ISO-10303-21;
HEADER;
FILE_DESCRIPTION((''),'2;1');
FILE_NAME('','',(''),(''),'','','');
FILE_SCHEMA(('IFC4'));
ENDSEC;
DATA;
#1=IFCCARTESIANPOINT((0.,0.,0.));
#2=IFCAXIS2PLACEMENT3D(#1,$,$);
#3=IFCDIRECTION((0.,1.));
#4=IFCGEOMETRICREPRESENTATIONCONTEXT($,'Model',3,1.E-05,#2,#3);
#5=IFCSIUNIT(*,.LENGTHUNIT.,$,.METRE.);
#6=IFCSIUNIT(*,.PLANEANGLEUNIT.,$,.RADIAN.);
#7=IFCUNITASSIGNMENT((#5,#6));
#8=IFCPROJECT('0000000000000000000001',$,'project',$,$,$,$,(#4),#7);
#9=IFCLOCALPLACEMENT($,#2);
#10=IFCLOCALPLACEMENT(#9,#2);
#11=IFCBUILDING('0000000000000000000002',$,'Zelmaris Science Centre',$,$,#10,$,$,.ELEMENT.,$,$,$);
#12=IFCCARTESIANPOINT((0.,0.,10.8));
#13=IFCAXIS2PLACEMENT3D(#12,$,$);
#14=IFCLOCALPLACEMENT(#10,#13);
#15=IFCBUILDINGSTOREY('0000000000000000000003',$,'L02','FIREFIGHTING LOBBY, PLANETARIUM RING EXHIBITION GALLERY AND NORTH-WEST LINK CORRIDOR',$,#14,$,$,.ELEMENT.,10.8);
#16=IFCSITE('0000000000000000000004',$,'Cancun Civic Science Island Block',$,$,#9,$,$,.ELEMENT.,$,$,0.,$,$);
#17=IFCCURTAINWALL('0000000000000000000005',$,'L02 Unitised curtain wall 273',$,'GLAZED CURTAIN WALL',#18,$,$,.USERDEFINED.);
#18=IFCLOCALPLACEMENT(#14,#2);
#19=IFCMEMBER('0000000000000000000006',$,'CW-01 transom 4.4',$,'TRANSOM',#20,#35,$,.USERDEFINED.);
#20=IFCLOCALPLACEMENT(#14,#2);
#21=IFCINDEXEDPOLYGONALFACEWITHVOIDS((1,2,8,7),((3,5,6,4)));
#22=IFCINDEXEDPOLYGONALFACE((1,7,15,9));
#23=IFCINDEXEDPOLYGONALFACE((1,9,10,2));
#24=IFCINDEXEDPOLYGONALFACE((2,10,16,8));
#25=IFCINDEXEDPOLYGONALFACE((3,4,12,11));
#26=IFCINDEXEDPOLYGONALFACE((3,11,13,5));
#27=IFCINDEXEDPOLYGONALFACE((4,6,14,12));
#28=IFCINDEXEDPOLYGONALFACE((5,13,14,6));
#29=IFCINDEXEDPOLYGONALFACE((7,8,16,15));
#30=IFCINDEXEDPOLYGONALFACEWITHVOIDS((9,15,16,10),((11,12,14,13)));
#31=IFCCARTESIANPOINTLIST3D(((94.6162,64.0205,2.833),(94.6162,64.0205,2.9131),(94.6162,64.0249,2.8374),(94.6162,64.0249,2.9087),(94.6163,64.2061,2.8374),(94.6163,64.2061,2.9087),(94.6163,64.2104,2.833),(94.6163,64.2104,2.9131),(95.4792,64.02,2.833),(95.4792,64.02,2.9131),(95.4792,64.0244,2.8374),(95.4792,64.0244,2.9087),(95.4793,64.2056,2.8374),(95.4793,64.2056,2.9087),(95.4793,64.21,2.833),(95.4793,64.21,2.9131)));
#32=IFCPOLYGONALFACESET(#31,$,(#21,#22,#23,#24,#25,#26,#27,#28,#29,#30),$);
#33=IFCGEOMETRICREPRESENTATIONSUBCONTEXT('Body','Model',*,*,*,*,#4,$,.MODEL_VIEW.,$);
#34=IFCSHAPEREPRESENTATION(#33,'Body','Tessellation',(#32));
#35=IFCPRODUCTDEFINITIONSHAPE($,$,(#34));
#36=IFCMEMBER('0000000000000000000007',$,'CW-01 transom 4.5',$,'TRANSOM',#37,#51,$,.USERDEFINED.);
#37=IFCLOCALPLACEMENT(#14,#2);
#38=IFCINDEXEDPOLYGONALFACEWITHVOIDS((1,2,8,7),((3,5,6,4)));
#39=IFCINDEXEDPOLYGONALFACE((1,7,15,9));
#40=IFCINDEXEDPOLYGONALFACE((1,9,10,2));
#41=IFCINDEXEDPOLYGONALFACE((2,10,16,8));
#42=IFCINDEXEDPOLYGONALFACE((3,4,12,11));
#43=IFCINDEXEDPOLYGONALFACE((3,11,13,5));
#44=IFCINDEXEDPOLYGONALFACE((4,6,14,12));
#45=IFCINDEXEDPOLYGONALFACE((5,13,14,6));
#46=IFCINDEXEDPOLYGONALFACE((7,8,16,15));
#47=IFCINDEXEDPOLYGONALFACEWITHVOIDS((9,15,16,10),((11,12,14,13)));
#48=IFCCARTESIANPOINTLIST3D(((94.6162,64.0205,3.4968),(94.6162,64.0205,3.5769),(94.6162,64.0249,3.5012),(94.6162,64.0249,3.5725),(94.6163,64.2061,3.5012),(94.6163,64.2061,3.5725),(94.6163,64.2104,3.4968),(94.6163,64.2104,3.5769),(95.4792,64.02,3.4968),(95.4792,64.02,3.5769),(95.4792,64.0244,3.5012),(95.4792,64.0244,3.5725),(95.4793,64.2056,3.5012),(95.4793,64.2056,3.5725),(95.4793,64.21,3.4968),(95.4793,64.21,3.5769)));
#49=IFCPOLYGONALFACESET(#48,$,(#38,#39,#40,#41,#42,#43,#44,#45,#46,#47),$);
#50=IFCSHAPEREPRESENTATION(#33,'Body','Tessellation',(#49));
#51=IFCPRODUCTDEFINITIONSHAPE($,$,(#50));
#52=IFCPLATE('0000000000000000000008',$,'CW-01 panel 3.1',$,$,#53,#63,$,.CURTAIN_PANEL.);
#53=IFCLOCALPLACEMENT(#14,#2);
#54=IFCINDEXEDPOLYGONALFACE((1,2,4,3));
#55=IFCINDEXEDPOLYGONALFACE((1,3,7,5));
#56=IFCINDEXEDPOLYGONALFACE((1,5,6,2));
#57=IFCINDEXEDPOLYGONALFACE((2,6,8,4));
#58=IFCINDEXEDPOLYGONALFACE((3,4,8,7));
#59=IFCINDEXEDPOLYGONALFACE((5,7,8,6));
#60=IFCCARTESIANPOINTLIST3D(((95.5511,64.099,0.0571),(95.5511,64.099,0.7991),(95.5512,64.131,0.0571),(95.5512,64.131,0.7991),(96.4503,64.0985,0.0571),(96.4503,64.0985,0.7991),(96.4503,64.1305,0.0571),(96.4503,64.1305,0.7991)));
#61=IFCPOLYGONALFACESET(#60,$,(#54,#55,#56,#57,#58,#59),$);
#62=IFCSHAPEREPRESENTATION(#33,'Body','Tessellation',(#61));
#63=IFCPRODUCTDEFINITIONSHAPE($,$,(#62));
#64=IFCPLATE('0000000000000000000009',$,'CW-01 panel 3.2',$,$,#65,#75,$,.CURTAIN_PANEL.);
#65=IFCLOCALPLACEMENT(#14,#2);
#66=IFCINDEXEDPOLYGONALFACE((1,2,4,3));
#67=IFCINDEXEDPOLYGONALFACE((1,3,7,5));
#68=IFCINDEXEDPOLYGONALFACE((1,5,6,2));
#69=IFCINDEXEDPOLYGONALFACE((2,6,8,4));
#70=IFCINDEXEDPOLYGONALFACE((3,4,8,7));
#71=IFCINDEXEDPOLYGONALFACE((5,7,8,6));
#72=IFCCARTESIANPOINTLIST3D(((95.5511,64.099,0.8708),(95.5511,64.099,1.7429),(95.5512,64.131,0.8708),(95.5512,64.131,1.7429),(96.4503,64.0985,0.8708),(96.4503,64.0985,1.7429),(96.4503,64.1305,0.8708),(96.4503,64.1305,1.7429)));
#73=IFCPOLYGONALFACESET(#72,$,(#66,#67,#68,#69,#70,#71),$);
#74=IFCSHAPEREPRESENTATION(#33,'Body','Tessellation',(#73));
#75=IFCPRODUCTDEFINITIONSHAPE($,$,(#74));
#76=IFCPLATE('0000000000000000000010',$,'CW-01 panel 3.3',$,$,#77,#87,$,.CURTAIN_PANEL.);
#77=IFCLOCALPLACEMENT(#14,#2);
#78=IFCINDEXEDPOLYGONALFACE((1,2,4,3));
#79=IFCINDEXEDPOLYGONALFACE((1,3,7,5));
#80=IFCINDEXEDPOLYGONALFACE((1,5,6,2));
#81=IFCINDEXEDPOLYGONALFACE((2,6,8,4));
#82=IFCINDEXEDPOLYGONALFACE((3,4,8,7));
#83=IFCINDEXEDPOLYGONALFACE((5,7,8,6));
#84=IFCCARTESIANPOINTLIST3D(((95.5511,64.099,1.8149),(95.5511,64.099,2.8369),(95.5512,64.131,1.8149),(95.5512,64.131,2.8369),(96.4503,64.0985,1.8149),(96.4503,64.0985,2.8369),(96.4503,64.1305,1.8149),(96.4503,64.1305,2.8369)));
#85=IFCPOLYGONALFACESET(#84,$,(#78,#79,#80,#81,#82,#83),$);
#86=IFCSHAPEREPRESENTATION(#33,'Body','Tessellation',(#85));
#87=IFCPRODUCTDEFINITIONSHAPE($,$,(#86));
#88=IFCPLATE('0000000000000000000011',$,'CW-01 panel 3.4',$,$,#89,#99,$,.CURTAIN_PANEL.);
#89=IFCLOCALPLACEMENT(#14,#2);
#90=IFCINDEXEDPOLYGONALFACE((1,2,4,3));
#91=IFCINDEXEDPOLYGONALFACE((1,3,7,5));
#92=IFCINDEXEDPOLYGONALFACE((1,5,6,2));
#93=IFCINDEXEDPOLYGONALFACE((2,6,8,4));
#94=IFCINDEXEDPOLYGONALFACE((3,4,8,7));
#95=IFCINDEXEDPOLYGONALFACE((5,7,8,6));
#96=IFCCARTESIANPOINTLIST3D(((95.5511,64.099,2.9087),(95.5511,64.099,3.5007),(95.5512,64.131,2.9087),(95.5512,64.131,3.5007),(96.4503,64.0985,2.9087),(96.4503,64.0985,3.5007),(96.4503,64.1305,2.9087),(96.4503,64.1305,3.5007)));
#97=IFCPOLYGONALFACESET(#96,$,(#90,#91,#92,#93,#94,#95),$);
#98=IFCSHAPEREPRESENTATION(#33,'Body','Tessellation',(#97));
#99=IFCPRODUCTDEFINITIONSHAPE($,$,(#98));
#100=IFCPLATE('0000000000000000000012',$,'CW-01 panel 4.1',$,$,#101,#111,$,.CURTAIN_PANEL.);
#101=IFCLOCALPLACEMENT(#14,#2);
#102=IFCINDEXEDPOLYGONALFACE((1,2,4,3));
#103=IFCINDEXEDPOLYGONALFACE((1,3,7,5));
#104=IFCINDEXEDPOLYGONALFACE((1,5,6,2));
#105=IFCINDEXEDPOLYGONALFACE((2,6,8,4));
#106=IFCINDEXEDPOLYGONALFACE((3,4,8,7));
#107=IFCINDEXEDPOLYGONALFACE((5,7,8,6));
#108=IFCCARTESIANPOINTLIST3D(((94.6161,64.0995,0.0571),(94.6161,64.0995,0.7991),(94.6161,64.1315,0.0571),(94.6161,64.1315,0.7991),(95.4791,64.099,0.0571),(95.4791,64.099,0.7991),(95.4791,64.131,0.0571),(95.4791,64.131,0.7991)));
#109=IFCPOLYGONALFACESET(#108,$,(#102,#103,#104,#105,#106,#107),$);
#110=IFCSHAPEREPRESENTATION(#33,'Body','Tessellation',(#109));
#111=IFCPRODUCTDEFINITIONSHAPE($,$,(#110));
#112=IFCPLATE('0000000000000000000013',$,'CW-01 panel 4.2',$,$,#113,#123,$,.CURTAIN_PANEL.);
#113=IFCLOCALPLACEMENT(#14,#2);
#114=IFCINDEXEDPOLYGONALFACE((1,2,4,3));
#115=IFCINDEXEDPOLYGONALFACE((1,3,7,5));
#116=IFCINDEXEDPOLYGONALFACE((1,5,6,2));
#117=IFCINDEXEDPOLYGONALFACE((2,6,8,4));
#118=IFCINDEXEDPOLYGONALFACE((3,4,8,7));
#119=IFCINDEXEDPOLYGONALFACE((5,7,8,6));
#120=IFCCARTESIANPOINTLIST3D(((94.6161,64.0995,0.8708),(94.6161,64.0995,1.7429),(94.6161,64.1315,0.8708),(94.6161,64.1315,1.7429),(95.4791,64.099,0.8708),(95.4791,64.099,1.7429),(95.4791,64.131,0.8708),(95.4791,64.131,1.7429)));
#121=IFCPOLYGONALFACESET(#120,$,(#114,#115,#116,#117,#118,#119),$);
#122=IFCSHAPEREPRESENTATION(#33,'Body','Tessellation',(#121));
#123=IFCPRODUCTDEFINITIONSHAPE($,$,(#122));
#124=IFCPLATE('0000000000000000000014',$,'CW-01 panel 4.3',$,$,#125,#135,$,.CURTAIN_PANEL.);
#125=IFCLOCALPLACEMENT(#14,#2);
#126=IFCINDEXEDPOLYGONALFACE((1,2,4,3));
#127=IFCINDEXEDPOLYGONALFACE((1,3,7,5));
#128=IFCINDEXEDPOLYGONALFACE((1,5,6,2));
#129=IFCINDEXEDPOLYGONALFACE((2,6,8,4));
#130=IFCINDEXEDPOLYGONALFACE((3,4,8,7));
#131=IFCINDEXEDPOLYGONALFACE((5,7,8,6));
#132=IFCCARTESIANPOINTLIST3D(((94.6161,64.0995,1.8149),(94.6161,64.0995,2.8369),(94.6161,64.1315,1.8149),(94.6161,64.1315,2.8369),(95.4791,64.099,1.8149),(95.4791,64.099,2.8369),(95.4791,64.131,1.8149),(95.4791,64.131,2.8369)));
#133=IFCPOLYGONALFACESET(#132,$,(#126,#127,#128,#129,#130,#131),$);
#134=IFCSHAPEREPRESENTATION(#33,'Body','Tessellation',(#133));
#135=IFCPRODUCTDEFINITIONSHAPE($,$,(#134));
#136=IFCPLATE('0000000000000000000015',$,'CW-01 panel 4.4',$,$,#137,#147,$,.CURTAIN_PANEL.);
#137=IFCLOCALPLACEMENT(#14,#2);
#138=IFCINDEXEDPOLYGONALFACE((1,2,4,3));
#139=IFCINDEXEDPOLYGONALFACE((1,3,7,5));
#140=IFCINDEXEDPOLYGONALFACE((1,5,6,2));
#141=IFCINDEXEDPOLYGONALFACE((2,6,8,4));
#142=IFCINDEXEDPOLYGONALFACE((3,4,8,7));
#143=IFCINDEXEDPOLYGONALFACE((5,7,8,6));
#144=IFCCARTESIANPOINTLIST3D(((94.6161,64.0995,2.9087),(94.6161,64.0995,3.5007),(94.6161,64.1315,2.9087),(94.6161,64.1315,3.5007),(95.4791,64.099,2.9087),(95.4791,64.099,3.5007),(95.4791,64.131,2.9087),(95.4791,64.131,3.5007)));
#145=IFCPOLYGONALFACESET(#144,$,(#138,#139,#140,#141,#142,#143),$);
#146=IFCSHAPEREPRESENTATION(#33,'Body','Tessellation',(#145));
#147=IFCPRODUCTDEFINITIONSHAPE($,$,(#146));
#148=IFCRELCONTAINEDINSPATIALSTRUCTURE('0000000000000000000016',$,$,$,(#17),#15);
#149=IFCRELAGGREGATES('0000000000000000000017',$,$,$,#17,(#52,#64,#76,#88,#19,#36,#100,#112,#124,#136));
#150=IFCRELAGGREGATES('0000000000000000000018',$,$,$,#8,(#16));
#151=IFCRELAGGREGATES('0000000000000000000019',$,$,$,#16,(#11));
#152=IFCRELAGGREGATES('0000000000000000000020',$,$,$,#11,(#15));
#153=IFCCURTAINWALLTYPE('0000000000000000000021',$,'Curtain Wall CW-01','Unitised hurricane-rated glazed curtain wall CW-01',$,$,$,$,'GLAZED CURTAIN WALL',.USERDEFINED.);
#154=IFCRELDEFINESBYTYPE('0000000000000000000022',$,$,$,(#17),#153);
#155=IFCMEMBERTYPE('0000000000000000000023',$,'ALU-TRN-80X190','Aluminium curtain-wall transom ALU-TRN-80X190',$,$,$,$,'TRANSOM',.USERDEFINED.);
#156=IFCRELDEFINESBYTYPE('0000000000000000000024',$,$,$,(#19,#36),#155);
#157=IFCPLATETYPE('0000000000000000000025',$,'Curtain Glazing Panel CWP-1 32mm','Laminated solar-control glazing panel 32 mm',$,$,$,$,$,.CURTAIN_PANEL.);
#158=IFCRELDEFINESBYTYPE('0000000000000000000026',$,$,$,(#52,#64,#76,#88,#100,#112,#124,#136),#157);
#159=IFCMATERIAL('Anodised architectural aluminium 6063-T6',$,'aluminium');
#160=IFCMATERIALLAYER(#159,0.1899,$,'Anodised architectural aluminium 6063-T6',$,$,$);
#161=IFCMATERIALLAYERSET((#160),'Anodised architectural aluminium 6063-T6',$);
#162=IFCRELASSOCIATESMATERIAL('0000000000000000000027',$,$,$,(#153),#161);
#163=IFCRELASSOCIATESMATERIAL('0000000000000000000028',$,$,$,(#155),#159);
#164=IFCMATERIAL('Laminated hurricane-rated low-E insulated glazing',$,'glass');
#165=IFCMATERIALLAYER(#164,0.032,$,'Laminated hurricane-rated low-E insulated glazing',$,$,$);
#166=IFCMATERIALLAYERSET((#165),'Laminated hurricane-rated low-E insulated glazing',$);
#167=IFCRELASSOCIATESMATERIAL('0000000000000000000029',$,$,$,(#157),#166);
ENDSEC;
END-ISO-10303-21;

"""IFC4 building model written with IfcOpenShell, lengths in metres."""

from ifc_helpers import new_model, si_unit, direction, frame, origin, origin_2d, place, context, subcontext, project, spatial, rectangle, hollow_rectangle, extrude, material, layer, layer_set, material_profile, profile_set, type_object, element, aggregate, save


model = new_model("IFC4")

# Units and contexts
model_context = context("Model", 3, precision=1e-05, world=origin(), true_north=direction((0.0, 1.0)))
body_context = subcontext(model_context, "Body", "Model", "MODEL_VIEW")
ifc_project = project(units=[si_unit("LENGTHUNIT", "METRE"), si_unit("PLANEANGLEUNIT", "RADIAN")], contexts=[model_context])

# Site, building, storey
site_placement = place(None, origin())
site = spatial("IfcSite", under=ifc_project, at=site_placement, Name="Cancun Civic Science Island Block", CompositionType="ELEMENT", RefElevation=0.0)
building_placement = place(site_placement, origin())
building = spatial("IfcBuilding", under=site, at=building_placement, Name="Zelmaris Science Centre", CompositionType="ELEMENT")
storey_placement = place(building_placement, frame((0.0, 0.0, 10.8)))
storey = spatial("IfcBuildingStorey", under=building, at=storey_placement, Name="L02", Description="FIREFIGHTING LOBBY, PLANETARIUM RING EXHIBITION GALLERY AND NORTH-WEST LINK CORRIDOR", CompositionType="ELEMENT", Elevation=10.8)

# Curtain wall, members, plates
ifc_material_1 = material(Name="Anodised architectural aluminium 6063-T6", Category="aluminium")
ifc_layer_1 = layer(ifc_material_1, 0.1899, Name="Anodised architectural aluminium 6063-T6")
ifc_layer_set_1 = layer_set([ifc_layer_1], Name="Anodised architectural aluminium 6063-T6")
curtain_wall_type = type_object("IfcCurtainWallType", Name="Curtain Wall CW-01", Description="Unitised hurricane-rated glazed curtain wall CW-01", ElementType="GLAZED CURTAIN WALL", PredefinedType="USERDEFINED", material=ifc_layer_set_1)
curtain_wall_placement = place(storey_placement, origin())
curtain_wall = element("IfcCurtainWall", 1, at=curtain_wall_placement, inside=storey, type_object=curtain_wall_type, Name="L02 Unitised curtain wall 273", ObjectType="GLAZED CURTAIN WALL", PredefinedType="USERDEFINED")
ifc_material_profile_1 = material_profile(ifc_material_1, hollow_rectangle(XDim=0.0801, YDim=0.1899, WallThickness=0.0044, at=origin_2d()), Name="ALU-TRN-80X190")
ifc_profile_set_1 = profile_set([ifc_material_profile_1], Name="Anodised architectural aluminium 6063-T6")
member_type_1 = type_object("IfcMemberType", Name="ALU-TRN-80X190", Description="Aluminium curtain-wall transom ALU-TRN-80X190", ElementType="TRANSOM", PredefinedType="USERDEFINED", material=ifc_profile_set_1)
member_1_placement = place(storey_placement, frame((95.4792, 64.115, 2.873), z_axis=(-1.0, 0.000566, 0.0), x_axis=(0.0, 0.0, 1.0)))
member_1 = element("IfcMember", 2, at=member_1_placement, type_object=member_type_1, Name="CW-01 transom 4.4", ObjectType="TRANSOM", PredefinedType="USERDEFINED", context=body_context, shape_type="SweptSolid", body=[
    extrude(hollow_rectangle(XDim=0.0801, YDim=0.1899, WallThickness=0.0044, at=origin_2d()), origin(), (0.0, 0.0, 1.0), 0.863),
])
member_2_placement = place(storey_placement, frame((95.4792, 64.115, 3.5369), z_axis=(-1.0, 0.000566, 0.0), x_axis=(0.0, 0.0, 1.0)))
member_2 = element("IfcMember", 3, at=member_2_placement, type_object=member_type_1, Name="CW-01 transom 4.5", ObjectType="TRANSOM", PredefinedType="USERDEFINED", context=body_context, shape_type="SweptSolid", body=[
    extrude(hollow_rectangle(XDim=0.0801, YDim=0.1899, WallThickness=0.0044, at=origin_2d()), origin(), (0.0, 0.0, 1.0), 0.863),
])
ifc_material_2 = material(Name="Laminated hurricane-rated low-E insulated glazing", Category="glass")
ifc_layer_2 = layer(ifc_material_2, 0.032, Name="Laminated hurricane-rated low-E insulated glazing")
ifc_layer_set_2 = layer_set([ifc_layer_2], Name="Laminated hurricane-rated low-E insulated glazing")
plate_type = type_object("IfcPlateType", Name="Curtain Glazing Panel CWP-1 32mm", Description="Laminated solar-control glazing panel 32 mm", PredefinedType="CURTAIN_PANEL", material=ifc_layer_set_2)
plate_1_placement = place(storey_placement, frame((96.0007, 64.1147, 0.0571), z_axis=(0.0, 0.0, 1.0), x_axis=(-1.0, 0.000592, 0.0)))
plate_1 = element("IfcPlate", 4, at=plate_1_placement, type_object=plate_type, Name="CW-01 panel 3.1", PredefinedType="CURTAIN_PANEL", context=body_context, shape_type="SweptSolid", body=[
    extrude(rectangle(XDim=0.8992, YDim=0.032, at=origin_2d()), origin(), (0.0, 0.0, 1.0), 0.7419),
])
plate_2_placement = place(storey_placement, frame((96.0007, 64.1147, 0.8708), z_axis=(0.0, 0.0, 1.0), x_axis=(-1.0, 0.000592, 0.0)))
plate_2 = element("IfcPlate", 5, at=plate_2_placement, type_object=plate_type, Name="CW-01 panel 3.2", PredefinedType="CURTAIN_PANEL", context=body_context, shape_type="SweptSolid", body=[
    extrude(rectangle(XDim=0.8992, YDim=0.032, at=origin_2d()), origin(), (0.0, 0.0, 1.0), 0.8721),
])
plate_3_placement = place(storey_placement, frame((96.0007, 64.1147, 1.8149), z_axis=(0.0, 0.0, 1.0), x_axis=(-1.0, 0.000592, 0.0)))
plate_3 = element("IfcPlate", 6, at=plate_3_placement, type_object=plate_type, Name="CW-01 panel 3.3", PredefinedType="CURTAIN_PANEL", context=body_context, shape_type="SweptSolid", body=[
    extrude(rectangle(XDim=0.8992, YDim=0.032, at=origin_2d()), origin(), (0.0, 0.0, 1.0), 1.022),
])
plate_4_placement = place(storey_placement, frame((96.0007, 64.1147, 2.9087), z_axis=(0.0, 0.0, 1.0), x_axis=(-1.0, 0.000592, 0.0)))
plate_4 = element("IfcPlate", 7, at=plate_4_placement, type_object=plate_type, Name="CW-01 panel 3.4", PredefinedType="CURTAIN_PANEL", context=body_context, shape_type="SweptSolid", body=[
    extrude(rectangle(XDim=0.8992, YDim=0.032, at=origin_2d()), origin(), (0.0, 0.0, 1.0), 0.592),
])
plate_5_placement = place(storey_placement, frame((95.0476, 64.1152, 0.0571), z_axis=(0.0, 0.0, 1.0), x_axis=(-1.0, 0.000592, 0.0)))
plate_5 = element("IfcPlate", 8, at=plate_5_placement, type_object=plate_type, Name="CW-01 panel 4.1", PredefinedType="CURTAIN_PANEL", context=body_context, shape_type="SweptSolid", body=[
    extrude(rectangle(XDim=0.863, YDim=0.032, at=origin_2d()), origin(), (0.0, 0.0, 1.0), 0.7419),
])
plate_6_placement = place(storey_placement, frame((95.0476, 64.1152, 0.8708), z_axis=(0.0, 0.0, 1.0), x_axis=(-1.0, 0.000592, 0.0)))
plate_6 = element("IfcPlate", 9, at=plate_6_placement, type_object=plate_type, Name="CW-01 panel 4.2", PredefinedType="CURTAIN_PANEL", context=body_context, shape_type="SweptSolid", body=[
    extrude(rectangle(XDim=0.863, YDim=0.032, at=origin_2d()), origin(), (0.0, 0.0, 1.0), 0.8721),
])
plate_7_placement = place(storey_placement, frame((95.0476, 64.1152, 1.8149), z_axis=(0.0, 0.0, 1.0), x_axis=(-1.0, 0.000592, 0.0)))
plate_7 = element("IfcPlate", 10, at=plate_7_placement, type_object=plate_type, Name="CW-01 panel 4.3", PredefinedType="CURTAIN_PANEL", context=body_context, shape_type="SweptSolid", body=[
    extrude(rectangle(XDim=0.863, YDim=0.032, at=origin_2d()), origin(), (0.0, 0.0, 1.0), 1.022),
])
plate_8_placement = place(storey_placement, frame((95.0476, 64.1152, 2.9087), z_axis=(0.0, 0.0, 1.0), x_axis=(-1.0, 0.000592, 0.0)))
plate_8 = element("IfcPlate", 11, at=plate_8_placement, type_object=plate_type, Name="CW-01 panel 4.4", PredefinedType="CURTAIN_PANEL", context=body_context, shape_type="SweptSolid", body=[
    extrude(rectangle(XDim=0.863, YDim=0.032, at=origin_2d()), origin(), (0.0, 0.0, 1.0), 0.592),
])
aggregate(curtain_wall, [plate_1, plate_2, plate_3, plate_4, member_1, member_2, plate_5, plate_6, plate_7, plate_8])

save(model, "model.ifc")
